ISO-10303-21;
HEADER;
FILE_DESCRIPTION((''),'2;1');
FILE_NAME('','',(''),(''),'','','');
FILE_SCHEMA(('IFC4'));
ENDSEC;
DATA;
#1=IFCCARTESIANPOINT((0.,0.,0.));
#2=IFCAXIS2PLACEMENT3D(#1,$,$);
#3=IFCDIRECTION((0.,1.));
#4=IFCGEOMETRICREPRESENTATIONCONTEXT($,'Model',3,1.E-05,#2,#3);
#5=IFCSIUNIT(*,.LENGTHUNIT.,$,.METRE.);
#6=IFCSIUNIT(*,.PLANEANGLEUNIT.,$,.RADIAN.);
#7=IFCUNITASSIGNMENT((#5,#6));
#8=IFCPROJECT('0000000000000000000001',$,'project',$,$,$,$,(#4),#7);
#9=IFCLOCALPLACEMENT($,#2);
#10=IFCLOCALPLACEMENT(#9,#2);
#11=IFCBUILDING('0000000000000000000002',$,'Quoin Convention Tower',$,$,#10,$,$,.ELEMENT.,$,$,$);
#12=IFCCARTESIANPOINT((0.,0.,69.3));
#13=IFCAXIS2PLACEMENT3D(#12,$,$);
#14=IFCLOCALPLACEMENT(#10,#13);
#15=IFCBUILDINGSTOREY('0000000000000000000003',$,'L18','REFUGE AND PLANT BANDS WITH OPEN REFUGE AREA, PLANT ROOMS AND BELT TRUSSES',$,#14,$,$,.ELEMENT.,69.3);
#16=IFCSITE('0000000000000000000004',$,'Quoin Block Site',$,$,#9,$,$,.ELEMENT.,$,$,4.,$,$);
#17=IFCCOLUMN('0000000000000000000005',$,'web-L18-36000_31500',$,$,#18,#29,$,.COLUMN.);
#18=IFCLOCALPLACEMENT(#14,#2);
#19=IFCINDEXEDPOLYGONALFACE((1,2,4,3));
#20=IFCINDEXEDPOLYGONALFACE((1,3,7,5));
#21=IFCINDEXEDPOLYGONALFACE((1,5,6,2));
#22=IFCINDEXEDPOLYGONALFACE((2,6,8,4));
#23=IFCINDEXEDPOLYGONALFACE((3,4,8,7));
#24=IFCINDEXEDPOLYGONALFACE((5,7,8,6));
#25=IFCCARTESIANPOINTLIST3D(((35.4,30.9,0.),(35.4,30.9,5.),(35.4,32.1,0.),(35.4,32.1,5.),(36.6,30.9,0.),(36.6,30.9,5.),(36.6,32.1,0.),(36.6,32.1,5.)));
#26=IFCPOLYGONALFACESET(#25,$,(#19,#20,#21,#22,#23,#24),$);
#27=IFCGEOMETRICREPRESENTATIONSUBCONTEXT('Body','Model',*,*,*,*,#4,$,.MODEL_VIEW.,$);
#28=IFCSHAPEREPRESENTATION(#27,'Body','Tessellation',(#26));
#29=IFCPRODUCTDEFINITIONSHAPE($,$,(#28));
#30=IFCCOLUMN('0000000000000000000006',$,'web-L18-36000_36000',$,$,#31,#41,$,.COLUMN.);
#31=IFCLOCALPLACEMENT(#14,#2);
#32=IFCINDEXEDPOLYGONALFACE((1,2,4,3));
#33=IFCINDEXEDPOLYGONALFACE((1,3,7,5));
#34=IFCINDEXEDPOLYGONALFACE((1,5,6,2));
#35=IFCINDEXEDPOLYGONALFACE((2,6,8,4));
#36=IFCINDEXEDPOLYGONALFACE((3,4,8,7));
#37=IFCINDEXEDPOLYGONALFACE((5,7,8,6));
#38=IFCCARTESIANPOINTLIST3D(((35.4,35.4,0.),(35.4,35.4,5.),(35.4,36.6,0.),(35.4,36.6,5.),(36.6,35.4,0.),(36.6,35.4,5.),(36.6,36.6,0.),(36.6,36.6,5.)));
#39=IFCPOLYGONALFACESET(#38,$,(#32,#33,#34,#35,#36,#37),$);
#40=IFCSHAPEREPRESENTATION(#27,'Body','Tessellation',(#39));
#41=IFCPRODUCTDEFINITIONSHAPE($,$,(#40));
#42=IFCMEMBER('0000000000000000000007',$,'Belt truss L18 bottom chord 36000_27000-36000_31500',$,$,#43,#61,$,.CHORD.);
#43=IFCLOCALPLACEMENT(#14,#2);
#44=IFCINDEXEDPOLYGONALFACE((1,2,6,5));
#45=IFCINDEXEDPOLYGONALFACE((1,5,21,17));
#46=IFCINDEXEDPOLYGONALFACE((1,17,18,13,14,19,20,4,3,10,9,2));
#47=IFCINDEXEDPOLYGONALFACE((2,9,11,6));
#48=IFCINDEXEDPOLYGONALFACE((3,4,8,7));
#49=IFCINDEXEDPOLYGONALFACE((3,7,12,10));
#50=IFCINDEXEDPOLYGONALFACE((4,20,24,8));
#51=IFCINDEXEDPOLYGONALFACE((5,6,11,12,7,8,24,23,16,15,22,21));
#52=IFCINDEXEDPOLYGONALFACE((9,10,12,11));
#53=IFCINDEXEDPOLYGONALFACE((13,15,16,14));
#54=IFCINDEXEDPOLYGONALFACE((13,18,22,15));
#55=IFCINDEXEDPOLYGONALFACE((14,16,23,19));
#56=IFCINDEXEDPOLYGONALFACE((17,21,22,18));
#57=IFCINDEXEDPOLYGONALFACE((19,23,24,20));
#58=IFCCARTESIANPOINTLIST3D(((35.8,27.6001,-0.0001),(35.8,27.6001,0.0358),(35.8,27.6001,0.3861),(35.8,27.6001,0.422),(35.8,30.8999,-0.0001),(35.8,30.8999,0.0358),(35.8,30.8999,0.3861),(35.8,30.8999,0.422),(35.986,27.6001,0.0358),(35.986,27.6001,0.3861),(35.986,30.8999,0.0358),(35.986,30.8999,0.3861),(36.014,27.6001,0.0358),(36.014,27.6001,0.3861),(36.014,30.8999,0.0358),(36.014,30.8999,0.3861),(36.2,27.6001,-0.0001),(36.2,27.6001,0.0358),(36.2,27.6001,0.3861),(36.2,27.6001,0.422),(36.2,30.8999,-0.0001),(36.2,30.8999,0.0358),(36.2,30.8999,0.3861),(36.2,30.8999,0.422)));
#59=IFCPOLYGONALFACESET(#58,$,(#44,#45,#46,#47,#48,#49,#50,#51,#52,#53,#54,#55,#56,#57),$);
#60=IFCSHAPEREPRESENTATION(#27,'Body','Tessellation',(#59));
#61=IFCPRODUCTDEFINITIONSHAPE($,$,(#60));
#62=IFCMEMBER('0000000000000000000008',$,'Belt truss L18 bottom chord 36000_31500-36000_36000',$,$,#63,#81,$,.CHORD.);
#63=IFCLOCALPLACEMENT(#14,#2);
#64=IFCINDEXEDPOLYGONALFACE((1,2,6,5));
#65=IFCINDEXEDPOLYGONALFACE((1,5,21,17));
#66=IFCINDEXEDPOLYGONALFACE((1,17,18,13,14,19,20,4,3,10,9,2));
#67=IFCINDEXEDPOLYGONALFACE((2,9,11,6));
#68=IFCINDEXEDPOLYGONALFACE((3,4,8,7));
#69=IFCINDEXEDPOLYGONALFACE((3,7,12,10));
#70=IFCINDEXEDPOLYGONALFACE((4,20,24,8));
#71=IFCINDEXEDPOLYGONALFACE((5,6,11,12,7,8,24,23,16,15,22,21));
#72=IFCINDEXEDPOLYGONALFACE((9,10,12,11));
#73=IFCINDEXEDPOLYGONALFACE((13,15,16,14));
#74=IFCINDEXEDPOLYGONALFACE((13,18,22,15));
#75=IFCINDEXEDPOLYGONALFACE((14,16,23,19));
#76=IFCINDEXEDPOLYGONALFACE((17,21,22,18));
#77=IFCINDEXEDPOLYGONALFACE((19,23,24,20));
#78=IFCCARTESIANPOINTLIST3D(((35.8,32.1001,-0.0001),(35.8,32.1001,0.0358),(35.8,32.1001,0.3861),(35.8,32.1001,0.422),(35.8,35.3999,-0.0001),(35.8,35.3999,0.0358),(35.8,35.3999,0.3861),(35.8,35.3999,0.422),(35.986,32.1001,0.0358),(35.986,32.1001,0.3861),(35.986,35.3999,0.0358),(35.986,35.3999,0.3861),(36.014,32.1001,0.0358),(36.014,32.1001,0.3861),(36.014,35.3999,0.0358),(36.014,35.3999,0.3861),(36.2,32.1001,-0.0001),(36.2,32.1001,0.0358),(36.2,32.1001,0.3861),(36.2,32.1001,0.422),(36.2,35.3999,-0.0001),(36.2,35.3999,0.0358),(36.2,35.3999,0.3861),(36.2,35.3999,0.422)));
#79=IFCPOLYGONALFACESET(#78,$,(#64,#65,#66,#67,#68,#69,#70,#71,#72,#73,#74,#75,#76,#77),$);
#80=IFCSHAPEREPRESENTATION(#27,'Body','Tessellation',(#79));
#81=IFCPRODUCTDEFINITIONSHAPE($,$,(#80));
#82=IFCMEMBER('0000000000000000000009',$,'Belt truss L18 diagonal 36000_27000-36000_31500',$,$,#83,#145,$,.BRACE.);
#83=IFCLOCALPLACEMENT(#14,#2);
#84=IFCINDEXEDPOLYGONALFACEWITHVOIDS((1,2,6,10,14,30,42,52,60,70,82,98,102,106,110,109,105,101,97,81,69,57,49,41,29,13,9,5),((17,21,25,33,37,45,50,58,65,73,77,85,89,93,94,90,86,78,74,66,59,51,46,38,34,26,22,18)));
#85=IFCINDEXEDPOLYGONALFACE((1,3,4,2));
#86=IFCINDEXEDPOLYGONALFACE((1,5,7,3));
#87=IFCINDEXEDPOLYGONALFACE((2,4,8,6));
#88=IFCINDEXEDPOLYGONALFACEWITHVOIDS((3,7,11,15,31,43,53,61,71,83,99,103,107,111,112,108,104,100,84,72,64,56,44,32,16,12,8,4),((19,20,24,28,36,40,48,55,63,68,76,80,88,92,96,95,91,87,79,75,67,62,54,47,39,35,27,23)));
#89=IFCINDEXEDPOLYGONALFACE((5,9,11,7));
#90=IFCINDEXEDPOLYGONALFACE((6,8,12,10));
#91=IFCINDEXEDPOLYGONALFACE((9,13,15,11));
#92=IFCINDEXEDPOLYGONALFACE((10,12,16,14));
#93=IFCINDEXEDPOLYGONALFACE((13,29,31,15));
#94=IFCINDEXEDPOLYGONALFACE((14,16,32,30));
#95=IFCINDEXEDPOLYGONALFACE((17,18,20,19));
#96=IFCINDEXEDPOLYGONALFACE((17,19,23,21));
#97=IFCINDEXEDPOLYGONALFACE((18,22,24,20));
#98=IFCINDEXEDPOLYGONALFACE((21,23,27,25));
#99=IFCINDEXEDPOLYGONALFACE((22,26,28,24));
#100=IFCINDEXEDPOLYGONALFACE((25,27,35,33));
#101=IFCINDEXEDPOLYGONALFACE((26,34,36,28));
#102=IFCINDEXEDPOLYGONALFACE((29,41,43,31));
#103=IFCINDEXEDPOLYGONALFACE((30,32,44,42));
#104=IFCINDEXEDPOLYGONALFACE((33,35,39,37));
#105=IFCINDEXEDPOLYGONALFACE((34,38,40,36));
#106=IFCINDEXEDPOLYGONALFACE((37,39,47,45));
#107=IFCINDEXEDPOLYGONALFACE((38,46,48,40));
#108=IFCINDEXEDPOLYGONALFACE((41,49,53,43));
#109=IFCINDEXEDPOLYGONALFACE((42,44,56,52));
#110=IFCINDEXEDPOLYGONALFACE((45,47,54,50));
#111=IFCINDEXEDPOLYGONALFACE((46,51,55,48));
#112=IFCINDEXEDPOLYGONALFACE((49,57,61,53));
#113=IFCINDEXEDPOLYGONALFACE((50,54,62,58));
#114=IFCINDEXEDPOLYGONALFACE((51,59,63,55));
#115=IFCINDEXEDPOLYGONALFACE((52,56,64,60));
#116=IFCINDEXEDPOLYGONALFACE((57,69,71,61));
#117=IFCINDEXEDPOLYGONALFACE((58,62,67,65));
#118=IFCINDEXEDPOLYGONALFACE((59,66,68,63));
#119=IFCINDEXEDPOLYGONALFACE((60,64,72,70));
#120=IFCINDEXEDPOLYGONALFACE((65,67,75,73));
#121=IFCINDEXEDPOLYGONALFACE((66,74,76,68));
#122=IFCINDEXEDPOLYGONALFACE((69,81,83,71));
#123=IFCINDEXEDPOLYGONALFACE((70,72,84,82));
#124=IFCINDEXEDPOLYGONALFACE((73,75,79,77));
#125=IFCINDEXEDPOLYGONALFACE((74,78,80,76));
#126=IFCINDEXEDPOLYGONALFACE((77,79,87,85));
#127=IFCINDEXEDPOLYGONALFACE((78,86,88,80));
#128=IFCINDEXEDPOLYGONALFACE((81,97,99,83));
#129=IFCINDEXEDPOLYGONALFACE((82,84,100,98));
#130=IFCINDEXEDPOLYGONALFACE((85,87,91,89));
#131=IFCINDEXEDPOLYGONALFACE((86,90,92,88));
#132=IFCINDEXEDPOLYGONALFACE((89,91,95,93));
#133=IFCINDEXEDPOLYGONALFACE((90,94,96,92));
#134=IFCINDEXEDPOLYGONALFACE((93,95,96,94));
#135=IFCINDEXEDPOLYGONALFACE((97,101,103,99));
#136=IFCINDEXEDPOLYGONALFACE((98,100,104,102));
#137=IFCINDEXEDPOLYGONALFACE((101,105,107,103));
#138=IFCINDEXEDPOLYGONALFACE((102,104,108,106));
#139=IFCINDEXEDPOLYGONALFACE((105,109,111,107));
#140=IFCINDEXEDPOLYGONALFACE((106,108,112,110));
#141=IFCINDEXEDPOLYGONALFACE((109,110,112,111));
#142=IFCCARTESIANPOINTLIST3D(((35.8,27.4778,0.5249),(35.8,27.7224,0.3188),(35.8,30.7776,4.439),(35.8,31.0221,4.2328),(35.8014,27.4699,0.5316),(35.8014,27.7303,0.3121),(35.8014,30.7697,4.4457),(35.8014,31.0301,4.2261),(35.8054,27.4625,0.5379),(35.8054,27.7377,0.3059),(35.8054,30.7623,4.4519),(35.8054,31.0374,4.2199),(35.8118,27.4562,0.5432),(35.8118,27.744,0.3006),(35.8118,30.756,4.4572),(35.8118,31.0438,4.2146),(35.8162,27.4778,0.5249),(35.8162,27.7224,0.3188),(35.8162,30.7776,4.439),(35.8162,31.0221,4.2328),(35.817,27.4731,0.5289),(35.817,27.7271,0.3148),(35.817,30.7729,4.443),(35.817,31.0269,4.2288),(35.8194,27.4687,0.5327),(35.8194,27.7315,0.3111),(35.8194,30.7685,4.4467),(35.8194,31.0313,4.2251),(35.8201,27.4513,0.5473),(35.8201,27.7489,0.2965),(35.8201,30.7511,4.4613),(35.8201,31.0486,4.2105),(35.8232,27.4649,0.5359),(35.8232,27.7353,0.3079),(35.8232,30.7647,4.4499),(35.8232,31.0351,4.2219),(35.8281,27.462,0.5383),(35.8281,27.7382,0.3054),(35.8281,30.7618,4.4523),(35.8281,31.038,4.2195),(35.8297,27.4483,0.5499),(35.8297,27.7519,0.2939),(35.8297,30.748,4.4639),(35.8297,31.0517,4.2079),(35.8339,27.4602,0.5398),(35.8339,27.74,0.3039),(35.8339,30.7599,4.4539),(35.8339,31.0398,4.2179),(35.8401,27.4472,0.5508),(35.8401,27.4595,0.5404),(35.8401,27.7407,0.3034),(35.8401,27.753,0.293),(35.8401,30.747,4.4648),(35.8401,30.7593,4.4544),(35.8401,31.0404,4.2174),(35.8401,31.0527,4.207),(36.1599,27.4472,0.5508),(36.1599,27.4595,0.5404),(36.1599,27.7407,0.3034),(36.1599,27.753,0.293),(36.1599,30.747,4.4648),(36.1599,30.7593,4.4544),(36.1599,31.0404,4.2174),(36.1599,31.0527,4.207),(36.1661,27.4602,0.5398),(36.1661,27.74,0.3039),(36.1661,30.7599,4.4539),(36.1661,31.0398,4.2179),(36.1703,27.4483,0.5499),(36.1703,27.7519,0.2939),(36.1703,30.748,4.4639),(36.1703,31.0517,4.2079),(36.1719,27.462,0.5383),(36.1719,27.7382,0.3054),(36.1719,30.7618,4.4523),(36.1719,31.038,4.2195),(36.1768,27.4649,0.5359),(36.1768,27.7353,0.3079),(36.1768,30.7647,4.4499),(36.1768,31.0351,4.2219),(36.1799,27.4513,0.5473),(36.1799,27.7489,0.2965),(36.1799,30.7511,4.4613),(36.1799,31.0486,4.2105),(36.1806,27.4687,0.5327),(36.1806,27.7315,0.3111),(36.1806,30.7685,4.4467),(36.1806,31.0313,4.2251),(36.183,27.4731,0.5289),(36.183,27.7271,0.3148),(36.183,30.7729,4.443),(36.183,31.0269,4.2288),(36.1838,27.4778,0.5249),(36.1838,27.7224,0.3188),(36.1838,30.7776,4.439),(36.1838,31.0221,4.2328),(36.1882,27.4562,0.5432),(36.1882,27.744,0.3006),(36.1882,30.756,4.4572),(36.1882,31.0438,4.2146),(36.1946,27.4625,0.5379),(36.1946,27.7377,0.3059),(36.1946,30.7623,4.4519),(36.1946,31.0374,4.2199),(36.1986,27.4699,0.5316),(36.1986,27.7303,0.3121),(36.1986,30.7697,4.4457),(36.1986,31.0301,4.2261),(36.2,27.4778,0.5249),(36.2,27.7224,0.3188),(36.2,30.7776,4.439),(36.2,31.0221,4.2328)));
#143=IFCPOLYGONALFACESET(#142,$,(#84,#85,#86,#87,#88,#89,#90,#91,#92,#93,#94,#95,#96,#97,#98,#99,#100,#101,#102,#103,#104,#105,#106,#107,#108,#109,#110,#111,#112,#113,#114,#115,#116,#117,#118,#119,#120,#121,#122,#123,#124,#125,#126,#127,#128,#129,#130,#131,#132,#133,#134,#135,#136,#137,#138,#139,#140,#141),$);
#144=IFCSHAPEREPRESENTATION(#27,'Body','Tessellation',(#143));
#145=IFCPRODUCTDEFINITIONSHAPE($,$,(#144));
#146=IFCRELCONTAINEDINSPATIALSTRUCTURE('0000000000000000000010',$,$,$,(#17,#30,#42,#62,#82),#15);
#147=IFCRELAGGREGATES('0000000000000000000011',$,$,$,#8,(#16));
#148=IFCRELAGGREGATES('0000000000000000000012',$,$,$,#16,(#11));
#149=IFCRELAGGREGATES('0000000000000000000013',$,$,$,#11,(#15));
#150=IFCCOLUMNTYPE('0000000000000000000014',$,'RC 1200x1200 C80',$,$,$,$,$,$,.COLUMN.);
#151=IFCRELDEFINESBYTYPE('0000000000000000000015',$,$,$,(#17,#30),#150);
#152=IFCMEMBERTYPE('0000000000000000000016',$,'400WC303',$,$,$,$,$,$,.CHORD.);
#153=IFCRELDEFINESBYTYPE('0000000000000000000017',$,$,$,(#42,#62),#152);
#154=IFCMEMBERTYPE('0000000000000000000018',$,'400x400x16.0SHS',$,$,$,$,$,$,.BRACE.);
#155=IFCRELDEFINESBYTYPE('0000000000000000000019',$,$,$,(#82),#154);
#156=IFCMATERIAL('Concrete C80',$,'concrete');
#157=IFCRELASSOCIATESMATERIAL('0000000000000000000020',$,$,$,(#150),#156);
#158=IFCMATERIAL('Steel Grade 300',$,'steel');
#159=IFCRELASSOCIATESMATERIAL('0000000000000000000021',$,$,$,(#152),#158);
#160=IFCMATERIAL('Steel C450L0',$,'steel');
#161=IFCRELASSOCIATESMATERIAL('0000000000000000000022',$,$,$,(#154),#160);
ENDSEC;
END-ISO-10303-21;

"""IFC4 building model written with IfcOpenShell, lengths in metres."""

from ifc_helpers import new_model, si_unit, direction, frame, origin, origin_2d, place, context, subcontext, project, spatial, rectangle, hollow_rectangle, i_section, extrude, material, material_profile, profile_set, type_object, element, save


model = new_model("IFC4")

# Units and contexts
model_context = context("Model", 3, precision=1e-05, world=origin(), true_north=direction((0.0, 1.0)))
body_context = subcontext(model_context, "Body", "Model", "MODEL_VIEW")
ifc_project = project(units=[si_unit("LENGTHUNIT", "METRE"), si_unit("PLANEANGLEUNIT", "RADIAN")], contexts=[model_context])

# Site, building, storey
site_placement = place(None, origin())
site = spatial("IfcSite", under=ifc_project, at=site_placement, Name="Quoin Block Site", CompositionType="ELEMENT", RefElevation=4.0)
building_placement = place(site_placement, origin())
building = spatial("IfcBuilding", under=site, at=building_placement, Name="Quoin Convention Tower", CompositionType="ELEMENT")
storey_placement = place(building_placement, frame((0.0, 0.0, 69.3)))
storey = spatial("IfcBuildingStorey", under=building, at=storey_placement, Name="L18", Description="REFUGE AND PLANT BANDS WITH OPEN REFUGE AREA, PLANT ROOMS AND BELT TRUSSES", CompositionType="ELEMENT", Elevation=69.3)

# Columns
ifc_material_1 = material(Name="Concrete C80", Category="concrete")
ifc_material_profile_1 = material_profile(ifc_material_1, rectangle(XDim=1.2, YDim=1.2, at=origin_2d()), Name="RC 1200x1200")
ifc_profile_set_1 = profile_set([ifc_material_profile_1], Name="Concrete C80")
column_type = type_object("IfcColumnType", Name="RC 1200x1200 C80", PredefinedType="COLUMN", material=ifc_profile_set_1)
for number, where, z_axis, x_axis, name in (
    (1, (36.0, 31.5, 0.0), (0.0, 0.0, 1.0), (1.0, 0.0, 0.0), "web-L18-36000_31500"),
    (2, (36.0, 36.0, 0.0), (0.0, 0.0, 1.0), (1.0, 0.0, 0.0), "web-L18-36000_36000"),
):
    element("IfcColumn", number, at=place(storey_placement, frame(where, z_axis=z_axis, x_axis=x_axis)), inside=storey, type_object=column_type, Name=name, PredefinedType="COLUMN", context=body_context, shape_type="SweptSolid", body=[
        extrude(rectangle(XDim=1.2, YDim=1.2, at=origin_2d()), origin(), (0.0, 0.0, 1.0), 5.0),
    ])

# Members
ifc_material_2 = material(Name="Steel Grade 300", Category="steel")
ifc_material_profile_2 = material_profile(ifc_material_2, i_section(OverallWidth=0.3999, OverallDepth=0.4221, WebThickness=0.0281, FlangeThickness=0.0359, at=origin_2d()), Name="400WC303")
ifc_profile_set_2 = profile_set([ifc_material_profile_2], Name="Steel Grade 300")
member_type_1 = type_object("IfcMemberType", Name="400WC303", PredefinedType="CHORD", material=ifc_profile_set_2)
for number, where, z_axis, x_axis, name in (
    (3, (36.0, 27.6001, 0.2109), (0.0, 1.0, 0.0), (-1.0, 0.0, 0.0), "Belt truss L18 bottom chord 36000_27000-36000_31500"),
    (4, (36.0, 32.1001, 0.2109), (0.0, 1.0, 0.0), (-1.0, 0.0, 0.0), "Belt truss L18 bottom chord 36000_31500-36000_36000"),
):
    element("IfcMember", number, at=place(storey_placement, frame(where, z_axis=z_axis, x_axis=x_axis)), inside=storey, type_object=member_type_1, Name=name, PredefinedType="CHORD", context=body_context, shape_type="SweptSolid", body=[
        extrude(i_section(OverallWidth=0.3999, OverallDepth=0.4221, WebThickness=0.0281, FlangeThickness=0.0359, at=origin_2d()), origin(), (0.0, 0.0, 1.0), 3.2998),
    ])
ifc_material_3 = material(Name="Steel C450L0", Category="steel")
ifc_material_profile_3 = material_profile(ifc_material_3, hollow_rectangle(XDim=0.3999, YDim=0.3999, WallThickness=0.0161, InnerFilletRadius=0.0239, OuterFilletRadius=0.04, at=origin_2d()), Name="400x400x16.0SHS")
ifc_profile_set_3 = profile_set([ifc_material_profile_3], Name="Steel C450L0")
member_type_2 = type_object("IfcMemberType", Name="400x400x16.0SHS", PredefinedType="BRACE", material=ifc_profile_set_3)
for number, where, z_axis, x_axis, name in (
    (5, (36.0, 27.6001, 0.4219), (0.0, 0.644564, 0.76455), (-1.0, 0.0, 0.0), "Belt truss L18 diagonal 36000_27000-36000_31500"),
):
    element("IfcMember", number, at=place(storey_placement, frame(where, z_axis=z_axis, x_axis=x_axis)), inside=storey, type_object=member_type_2, Name=name, PredefinedType="BRACE", context=body_context, shape_type="SweptSolid", body=[
        extrude(hollow_rectangle(XDim=0.3999, YDim=0.3999, WallThickness=0.0161, InnerFilletRadius=0.0239, OuterFilletRadius=0.04, at=origin_2d()), origin(), (0.0, 0.0, 1.0), 5.1194),
    ])

save(model, "model.ifc")
